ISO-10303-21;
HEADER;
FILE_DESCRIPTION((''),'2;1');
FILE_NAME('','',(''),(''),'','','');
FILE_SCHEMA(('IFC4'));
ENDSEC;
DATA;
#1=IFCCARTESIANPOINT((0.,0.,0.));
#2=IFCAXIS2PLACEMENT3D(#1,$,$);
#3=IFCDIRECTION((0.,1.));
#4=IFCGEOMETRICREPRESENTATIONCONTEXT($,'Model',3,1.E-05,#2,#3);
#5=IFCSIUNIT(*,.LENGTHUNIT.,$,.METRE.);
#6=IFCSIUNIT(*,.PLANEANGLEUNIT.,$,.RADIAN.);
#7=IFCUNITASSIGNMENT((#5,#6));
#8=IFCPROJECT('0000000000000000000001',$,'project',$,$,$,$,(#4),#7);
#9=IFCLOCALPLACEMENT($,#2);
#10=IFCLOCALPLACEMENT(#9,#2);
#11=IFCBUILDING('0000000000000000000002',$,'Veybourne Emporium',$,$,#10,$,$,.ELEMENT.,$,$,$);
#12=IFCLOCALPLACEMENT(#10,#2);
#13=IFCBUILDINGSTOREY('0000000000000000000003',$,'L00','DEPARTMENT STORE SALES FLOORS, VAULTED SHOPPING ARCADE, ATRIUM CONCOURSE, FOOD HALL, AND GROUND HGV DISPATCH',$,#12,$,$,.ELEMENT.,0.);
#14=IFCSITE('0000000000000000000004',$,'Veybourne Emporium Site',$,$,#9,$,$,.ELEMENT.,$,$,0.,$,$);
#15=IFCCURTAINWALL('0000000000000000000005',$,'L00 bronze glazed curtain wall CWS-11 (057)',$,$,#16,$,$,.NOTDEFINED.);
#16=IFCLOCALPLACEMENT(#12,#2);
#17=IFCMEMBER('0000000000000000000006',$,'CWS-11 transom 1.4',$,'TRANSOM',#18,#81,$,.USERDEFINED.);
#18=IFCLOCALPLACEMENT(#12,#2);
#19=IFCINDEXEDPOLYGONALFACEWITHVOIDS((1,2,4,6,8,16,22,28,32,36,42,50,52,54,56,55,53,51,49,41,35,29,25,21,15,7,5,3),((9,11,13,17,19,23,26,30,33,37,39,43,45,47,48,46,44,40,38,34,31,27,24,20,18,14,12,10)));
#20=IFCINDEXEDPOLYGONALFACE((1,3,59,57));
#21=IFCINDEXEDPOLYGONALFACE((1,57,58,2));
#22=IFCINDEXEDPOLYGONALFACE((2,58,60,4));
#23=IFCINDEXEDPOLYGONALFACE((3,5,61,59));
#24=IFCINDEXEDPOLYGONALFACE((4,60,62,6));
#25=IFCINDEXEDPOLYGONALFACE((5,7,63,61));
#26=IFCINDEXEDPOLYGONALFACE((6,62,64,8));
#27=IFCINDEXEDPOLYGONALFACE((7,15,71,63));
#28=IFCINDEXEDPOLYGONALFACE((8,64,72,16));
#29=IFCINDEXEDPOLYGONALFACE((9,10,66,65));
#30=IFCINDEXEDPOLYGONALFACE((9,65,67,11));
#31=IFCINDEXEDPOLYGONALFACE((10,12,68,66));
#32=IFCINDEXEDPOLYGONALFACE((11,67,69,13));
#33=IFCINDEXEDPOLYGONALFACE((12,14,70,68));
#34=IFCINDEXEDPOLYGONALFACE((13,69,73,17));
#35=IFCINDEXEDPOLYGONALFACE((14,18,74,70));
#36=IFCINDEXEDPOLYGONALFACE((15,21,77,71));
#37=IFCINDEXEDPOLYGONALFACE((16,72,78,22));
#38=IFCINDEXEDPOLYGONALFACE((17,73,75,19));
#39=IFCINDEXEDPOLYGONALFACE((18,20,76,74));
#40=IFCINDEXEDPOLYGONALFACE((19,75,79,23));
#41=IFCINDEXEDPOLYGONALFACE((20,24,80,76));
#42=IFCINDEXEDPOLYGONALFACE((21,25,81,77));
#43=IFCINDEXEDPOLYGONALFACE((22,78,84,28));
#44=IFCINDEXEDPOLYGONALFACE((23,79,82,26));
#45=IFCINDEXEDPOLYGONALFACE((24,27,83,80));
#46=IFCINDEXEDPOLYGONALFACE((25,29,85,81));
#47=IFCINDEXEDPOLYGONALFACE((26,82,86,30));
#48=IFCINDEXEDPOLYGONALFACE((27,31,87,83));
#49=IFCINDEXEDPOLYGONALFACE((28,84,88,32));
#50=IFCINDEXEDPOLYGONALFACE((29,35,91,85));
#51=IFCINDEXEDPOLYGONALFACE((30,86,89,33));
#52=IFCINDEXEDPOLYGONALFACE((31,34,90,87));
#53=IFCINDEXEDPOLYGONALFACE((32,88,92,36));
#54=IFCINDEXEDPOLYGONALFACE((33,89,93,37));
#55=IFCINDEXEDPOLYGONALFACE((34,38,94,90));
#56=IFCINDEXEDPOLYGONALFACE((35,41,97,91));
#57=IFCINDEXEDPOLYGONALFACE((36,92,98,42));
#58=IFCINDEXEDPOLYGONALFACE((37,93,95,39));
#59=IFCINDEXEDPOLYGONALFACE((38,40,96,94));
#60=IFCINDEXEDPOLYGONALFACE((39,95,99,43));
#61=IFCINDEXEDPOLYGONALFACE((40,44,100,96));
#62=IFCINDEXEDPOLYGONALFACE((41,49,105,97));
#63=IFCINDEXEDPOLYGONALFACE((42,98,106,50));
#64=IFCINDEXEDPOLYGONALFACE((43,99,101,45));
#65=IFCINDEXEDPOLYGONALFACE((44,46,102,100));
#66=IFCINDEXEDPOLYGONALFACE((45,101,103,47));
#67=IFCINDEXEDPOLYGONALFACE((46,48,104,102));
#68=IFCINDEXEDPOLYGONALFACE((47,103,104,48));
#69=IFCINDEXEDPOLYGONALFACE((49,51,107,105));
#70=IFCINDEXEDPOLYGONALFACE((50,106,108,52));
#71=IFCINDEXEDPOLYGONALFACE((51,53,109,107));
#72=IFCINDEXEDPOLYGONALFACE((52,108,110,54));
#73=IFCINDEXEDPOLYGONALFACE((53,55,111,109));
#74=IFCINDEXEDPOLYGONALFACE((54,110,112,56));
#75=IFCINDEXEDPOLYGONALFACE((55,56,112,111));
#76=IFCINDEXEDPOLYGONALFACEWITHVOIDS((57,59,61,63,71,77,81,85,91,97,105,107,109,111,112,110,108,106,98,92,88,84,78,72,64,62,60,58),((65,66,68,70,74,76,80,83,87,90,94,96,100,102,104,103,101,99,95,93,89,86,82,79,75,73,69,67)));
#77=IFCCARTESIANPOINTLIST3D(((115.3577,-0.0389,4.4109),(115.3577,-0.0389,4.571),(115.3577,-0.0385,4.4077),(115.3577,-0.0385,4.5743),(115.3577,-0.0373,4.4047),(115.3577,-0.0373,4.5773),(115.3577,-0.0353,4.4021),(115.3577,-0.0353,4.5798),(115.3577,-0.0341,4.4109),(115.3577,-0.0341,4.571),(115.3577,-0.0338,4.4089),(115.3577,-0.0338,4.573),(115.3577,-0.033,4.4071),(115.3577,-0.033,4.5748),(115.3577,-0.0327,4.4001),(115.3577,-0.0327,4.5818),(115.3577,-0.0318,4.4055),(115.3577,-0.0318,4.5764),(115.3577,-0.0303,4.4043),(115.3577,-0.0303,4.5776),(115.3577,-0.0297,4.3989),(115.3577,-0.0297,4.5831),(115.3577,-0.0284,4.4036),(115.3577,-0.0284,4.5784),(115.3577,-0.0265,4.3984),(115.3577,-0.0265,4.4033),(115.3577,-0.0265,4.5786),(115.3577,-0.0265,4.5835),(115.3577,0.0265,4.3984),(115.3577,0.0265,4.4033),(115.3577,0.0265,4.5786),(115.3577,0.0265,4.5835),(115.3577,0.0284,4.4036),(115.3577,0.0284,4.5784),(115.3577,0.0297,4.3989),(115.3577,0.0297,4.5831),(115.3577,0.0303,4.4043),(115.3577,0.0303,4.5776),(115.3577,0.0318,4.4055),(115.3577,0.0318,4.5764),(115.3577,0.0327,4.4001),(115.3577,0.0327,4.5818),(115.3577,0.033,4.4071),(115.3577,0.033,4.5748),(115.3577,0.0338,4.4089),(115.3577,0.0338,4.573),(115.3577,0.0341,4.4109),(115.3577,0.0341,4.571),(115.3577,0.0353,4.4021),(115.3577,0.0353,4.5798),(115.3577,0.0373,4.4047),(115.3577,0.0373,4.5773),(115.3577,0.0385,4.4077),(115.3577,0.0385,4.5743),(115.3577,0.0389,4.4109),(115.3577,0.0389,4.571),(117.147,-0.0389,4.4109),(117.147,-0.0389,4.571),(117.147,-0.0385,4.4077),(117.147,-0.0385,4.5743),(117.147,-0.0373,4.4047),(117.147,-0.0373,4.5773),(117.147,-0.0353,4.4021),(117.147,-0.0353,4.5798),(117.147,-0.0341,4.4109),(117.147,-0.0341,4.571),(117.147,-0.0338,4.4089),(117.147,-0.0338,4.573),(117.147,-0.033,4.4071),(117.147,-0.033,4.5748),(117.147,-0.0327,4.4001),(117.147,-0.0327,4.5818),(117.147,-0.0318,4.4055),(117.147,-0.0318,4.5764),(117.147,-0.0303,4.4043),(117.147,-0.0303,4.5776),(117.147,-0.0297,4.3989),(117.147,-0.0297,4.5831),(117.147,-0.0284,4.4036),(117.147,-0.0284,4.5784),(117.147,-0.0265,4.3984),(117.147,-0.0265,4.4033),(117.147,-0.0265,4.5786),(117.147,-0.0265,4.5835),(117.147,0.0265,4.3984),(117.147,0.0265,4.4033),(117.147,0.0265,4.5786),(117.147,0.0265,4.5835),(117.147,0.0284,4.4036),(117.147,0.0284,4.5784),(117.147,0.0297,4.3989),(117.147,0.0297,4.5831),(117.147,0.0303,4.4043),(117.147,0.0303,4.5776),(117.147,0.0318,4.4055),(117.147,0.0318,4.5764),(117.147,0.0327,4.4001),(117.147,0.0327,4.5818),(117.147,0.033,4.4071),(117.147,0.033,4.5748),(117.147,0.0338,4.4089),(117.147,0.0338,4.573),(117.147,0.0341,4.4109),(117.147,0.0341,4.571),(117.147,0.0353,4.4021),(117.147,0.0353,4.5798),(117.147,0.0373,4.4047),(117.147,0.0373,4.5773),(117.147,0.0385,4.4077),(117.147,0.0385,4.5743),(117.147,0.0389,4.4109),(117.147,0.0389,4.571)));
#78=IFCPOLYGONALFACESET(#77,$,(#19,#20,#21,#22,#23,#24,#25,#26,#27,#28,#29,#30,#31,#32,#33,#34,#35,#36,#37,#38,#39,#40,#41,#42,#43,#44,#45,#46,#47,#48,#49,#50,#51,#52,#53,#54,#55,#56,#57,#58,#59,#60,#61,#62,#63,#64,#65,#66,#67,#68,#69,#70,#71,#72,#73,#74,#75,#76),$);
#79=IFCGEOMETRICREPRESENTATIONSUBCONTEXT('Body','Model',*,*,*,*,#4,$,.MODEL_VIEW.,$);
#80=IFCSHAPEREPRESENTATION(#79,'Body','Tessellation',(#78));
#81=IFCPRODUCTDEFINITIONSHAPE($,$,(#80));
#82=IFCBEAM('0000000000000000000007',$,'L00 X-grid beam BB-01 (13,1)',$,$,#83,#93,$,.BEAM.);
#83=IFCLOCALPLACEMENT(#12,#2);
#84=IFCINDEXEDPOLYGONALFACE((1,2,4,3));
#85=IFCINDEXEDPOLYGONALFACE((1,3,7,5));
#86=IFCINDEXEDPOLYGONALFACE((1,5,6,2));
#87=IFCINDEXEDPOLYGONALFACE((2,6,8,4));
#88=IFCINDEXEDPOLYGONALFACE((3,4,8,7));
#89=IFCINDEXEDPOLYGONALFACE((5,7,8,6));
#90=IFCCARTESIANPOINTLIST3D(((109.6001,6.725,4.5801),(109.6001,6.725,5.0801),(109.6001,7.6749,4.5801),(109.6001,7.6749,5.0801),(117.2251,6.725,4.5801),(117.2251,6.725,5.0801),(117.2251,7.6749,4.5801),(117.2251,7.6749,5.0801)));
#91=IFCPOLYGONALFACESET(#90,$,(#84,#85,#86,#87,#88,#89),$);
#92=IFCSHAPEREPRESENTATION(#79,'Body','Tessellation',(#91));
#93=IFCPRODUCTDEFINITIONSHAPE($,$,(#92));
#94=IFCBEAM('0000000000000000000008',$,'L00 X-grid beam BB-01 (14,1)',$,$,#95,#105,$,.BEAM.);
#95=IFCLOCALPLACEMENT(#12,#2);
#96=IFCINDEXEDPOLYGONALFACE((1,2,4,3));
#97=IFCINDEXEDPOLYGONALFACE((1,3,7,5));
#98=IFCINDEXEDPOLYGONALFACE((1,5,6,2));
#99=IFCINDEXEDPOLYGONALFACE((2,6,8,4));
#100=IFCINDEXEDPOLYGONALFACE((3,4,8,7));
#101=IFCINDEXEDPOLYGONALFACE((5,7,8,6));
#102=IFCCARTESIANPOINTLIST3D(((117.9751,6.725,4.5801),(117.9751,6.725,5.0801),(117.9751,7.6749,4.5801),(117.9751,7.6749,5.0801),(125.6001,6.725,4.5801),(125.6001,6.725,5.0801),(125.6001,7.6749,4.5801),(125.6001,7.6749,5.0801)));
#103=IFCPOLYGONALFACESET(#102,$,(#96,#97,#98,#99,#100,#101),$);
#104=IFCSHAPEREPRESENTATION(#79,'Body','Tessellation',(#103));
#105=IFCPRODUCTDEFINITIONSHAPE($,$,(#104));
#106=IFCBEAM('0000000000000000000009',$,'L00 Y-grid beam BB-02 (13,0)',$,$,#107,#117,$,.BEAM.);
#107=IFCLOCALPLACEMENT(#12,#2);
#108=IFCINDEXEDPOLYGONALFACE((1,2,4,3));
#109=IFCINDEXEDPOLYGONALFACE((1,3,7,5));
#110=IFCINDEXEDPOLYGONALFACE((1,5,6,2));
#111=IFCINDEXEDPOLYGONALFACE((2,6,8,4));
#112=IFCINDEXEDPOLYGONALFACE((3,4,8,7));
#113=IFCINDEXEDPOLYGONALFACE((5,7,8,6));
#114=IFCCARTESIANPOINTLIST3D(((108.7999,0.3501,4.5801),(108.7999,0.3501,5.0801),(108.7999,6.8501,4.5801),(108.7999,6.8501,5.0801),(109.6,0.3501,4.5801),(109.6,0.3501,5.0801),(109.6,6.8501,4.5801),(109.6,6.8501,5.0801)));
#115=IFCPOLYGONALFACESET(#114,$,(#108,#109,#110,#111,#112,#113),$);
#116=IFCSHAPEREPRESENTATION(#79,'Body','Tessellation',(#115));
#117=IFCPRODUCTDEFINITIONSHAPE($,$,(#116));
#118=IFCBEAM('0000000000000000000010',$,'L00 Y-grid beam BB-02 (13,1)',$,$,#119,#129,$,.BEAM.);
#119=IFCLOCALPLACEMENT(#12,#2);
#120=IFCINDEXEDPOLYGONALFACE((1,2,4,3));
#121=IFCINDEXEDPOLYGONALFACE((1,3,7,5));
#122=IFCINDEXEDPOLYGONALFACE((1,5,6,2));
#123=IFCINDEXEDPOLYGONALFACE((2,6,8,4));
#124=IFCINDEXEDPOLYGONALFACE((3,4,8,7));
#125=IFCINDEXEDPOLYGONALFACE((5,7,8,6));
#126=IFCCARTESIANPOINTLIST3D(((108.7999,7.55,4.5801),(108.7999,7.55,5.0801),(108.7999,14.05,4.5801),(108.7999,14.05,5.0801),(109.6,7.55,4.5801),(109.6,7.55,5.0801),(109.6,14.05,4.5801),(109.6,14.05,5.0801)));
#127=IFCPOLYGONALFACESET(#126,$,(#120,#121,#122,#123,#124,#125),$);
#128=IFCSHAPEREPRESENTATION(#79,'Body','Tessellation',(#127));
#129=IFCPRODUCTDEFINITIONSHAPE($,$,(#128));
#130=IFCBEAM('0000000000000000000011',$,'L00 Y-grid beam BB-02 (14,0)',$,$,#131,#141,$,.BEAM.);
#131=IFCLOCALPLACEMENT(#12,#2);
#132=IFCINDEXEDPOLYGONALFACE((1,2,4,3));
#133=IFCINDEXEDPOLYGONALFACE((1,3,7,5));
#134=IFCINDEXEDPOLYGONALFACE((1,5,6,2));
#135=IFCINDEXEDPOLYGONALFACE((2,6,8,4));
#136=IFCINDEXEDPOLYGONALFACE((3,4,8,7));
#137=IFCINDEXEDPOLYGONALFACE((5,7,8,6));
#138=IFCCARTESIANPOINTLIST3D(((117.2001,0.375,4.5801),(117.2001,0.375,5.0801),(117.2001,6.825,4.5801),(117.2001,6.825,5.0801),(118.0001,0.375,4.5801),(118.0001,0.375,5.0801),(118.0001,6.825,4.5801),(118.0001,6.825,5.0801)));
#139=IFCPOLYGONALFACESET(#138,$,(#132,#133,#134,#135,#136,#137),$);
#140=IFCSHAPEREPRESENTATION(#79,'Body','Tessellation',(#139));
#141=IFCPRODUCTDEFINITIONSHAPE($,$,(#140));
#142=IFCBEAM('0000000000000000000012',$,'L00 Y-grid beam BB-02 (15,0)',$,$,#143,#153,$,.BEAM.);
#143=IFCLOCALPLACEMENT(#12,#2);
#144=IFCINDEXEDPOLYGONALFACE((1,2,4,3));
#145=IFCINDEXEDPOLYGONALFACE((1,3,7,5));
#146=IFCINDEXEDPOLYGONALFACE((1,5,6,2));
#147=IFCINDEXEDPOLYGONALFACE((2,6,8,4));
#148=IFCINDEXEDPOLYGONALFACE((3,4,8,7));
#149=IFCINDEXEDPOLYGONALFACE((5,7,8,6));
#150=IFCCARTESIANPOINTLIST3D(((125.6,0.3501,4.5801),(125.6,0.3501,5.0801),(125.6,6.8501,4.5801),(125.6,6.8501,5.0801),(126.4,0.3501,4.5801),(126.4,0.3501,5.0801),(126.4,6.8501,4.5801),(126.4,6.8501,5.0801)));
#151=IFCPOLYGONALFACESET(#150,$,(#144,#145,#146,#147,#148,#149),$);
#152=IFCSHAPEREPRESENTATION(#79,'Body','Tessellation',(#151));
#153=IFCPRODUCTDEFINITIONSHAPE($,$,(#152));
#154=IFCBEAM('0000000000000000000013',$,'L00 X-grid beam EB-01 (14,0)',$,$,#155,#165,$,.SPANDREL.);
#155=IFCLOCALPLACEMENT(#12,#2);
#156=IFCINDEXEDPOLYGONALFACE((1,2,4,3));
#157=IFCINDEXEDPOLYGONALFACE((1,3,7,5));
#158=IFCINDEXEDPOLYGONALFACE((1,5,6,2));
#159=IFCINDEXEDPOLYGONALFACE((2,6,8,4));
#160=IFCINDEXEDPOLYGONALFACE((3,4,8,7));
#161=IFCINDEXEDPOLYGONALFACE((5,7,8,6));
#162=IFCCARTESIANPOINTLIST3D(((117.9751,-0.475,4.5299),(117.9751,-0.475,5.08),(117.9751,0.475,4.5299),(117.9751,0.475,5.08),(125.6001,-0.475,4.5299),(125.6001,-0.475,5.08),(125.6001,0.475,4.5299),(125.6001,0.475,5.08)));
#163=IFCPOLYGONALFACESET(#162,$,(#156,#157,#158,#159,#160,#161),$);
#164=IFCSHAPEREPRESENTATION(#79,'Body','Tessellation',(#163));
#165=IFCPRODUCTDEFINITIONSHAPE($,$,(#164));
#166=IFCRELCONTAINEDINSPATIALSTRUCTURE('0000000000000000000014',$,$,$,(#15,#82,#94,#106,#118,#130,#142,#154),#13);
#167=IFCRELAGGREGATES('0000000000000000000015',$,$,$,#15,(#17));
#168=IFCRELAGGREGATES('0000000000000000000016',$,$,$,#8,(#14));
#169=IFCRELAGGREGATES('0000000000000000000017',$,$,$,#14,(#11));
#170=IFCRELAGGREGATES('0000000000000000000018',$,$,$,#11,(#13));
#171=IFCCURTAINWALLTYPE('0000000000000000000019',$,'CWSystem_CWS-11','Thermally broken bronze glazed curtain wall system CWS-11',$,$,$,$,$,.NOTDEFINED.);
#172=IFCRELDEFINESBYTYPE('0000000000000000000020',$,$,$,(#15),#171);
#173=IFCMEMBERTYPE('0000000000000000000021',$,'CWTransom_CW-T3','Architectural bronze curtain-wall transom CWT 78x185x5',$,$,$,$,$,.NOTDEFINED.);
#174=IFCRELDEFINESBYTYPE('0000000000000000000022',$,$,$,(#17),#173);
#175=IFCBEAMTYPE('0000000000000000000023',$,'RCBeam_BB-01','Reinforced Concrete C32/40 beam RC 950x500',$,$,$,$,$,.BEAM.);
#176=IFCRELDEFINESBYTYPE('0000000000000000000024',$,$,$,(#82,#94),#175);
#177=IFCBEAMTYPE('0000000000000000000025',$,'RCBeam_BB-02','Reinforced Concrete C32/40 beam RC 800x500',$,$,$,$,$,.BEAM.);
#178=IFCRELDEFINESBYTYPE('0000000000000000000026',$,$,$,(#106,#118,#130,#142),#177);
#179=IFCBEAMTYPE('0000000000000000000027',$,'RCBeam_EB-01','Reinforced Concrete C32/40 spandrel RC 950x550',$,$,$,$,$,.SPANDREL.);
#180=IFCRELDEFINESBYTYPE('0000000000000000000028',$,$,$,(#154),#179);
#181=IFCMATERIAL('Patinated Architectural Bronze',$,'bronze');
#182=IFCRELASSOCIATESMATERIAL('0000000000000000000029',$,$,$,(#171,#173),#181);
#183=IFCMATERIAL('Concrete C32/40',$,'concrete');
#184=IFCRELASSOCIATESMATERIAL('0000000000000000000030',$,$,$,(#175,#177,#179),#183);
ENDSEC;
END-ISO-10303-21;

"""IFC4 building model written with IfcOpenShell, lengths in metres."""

from ifc_helpers import new_model, si_unit, direction, frame, origin, origin_2d, place, context, subcontext, project, spatial, rectangle, hollow_rectangle, extrude, material, material_profile, profile_set, type_object, element, aggregate, save


model = new_model("IFC4")

# Units and contexts
model_context = context("Model", 3, precision=1e-05, world=origin(), true_north=direction((0.0, 1.0)))
body_context = subcontext(model_context, "Body", "Model", "MODEL_VIEW")
ifc_project = project(units=[si_unit("LENGTHUNIT", "METRE"), si_unit("PLANEANGLEUNIT", "RADIAN")], contexts=[model_context])

# Site, building, storey
site_placement = place(None, origin())
site = spatial("IfcSite", under=ifc_project, at=site_placement, Name="Veybourne Emporium Site", CompositionType="ELEMENT", RefElevation=0.0)
building_placement = place(site_placement, origin())
building = spatial("IfcBuilding", under=site, at=building_placement, Name="Veybourne Emporium", CompositionType="ELEMENT")
storey_placement = place(building_placement, origin())
storey = spatial("IfcBuildingStorey", under=building, at=storey_placement, Name="L00", Description="DEPARTMENT STORE SALES FLOORS, VAULTED SHOPPING ARCADE, ATRIUM CONCOURSE, FOOD HALL, AND GROUND HGV DISPATCH", CompositionType="ELEMENT", Elevation=0.0)

# Curtain wall, member
ifc_material_1 = material(Name="Patinated Architectural Bronze", Category="bronze")
curtain_wall_type = type_object("IfcCurtainWallType", Name="CWSystem_CWS-11", Description="Thermally broken bronze glazed curtain wall system CWS-11", PredefinedType="NOTDEFINED", material=ifc_material_1)
curtain_wall_placement = place(storey_placement, origin())
curtain_wall = element("IfcCurtainWall", 1, at=curtain_wall_placement, inside=storey, type_object=curtain_wall_type, Name="L00 bronze glazed curtain wall CWS-11 (057)", PredefinedType="NOTDEFINED")
ifc_material_profile_1 = material_profile(ifc_material_1, hollow_rectangle(XDim=0.0779, YDim=0.1851, WallThickness=0.0049, InnerFilletRadius=0.0076, OuterFilletRadius=0.0125, at=origin_2d()), Name="CWT 78x185x5")
ifc_profile_set_1 = profile_set([ifc_material_profile_1], Name="Patinated Architectural Bronze")
member_type_1 = type_object("IfcMemberType", Name="CWTransom_CW-T3", Description="Architectural bronze curtain-wall transom CWT 78x185x5", PredefinedType="NOTDEFINED", material=ifc_profile_set_1)
member_1_placement = place(storey_placement, frame((117.147, 0.0, 4.491), z_axis=(-1.0, 0.0, 0.0), x_axis=(0.0, -1.0, 0.0)))
member_1 = element("IfcMember", 2, at=member_1_placement, type_object=member_type_1, Name="CWS-11 transom 1.4", ObjectType="TRANSOM", PredefinedType="USERDEFINED", context=body_context, shape_type="SweptSolid", body=[
    extrude(hollow_rectangle(XDim=0.0779, YDim=0.1851, WallThickness=0.0049, InnerFilletRadius=0.0076, OuterFilletRadius=0.0125, at=origin_2d()), origin(), (0.0, 0.0, 1.0), 1.7893),
])
aggregate(curtain_wall, [member_1])

# Beams
ifc_material_2 = material(Name="Concrete C32/40", Category="concrete")
ifc_material_profile_2 = material_profile(ifc_material_2, rectangle(XDim=0.95, YDim=0.5, at=origin_2d()), Name="RC 950x500")
ifc_profile_set_2 = profile_set([ifc_material_profile_2], Name="Concrete C32/40")
beam_type_1 = type_object("IfcBeamType", Name="RCBeam_BB-01", Description="Reinforced Concrete C32/40 beam RC 950x500", PredefinedType="BEAM", material=ifc_profile_set_2)
for number, where, z_axis, x_axis, name in (
    (3, (109.6001, 7.2, 4.8301), (1.0, 0.0, 0.0), (0.0, 1.0, 0.0), "L00 X-grid beam BB-01 (13,1)"),
    (4, (117.9751, 7.2, 4.8301), (1.0, 0.0, 0.0), (0.0, 1.0, 0.0), "L00 X-grid beam BB-01 (14,1)"),
):
    element("IfcBeam", number, at=place(storey_placement, frame(where, z_axis=z_axis, x_axis=x_axis)), inside=storey, type_object=beam_type_1, Name=name, PredefinedType="BEAM", context=body_context, shape_type="SweptSolid", body=[
        extrude(rectangle(XDim=0.95, YDim=0.5, at=origin_2d()), origin(), (0.0, 0.0, 1.0), 7.625),
    ])
ifc_material_profile_3 = material_profile(ifc_material_2, rectangle(XDim=0.8, YDim=0.5, at=origin_2d()), Name="RC 800x500")
ifc_profile_set_3 = profile_set([ifc_material_profile_3], Name="Concrete C32/40")
beam_type_2 = type_object("IfcBeamType", Name="RCBeam_BB-02", Description="Reinforced Concrete C32/40 beam RC 800x500", PredefinedType="BEAM", material=ifc_profile_set_3)
for number, where, z_axis, x_axis, name in (
    (5, (109.2, 0.3501, 4.8301), (0.0, 1.0, 0.0), (-1.0, 0.0, 0.0), "L00 Y-grid beam BB-02 (13,0)"),
    (6, (109.2, 7.55, 4.8301), (0.0, 1.0, 0.0), (-1.0, 0.0, 0.0), "L00 Y-grid beam BB-02 (13,1)"),
):
    element("IfcBeam", number, at=place(storey_placement, frame(where, z_axis=z_axis, x_axis=x_axis)), inside=storey, type_object=beam_type_2, Name=name, PredefinedType="BEAM", context=body_context, shape_type="SweptSolid", body=[
        extrude(rectangle(XDim=0.8, YDim=0.5, at=origin_2d()), origin(), (0.0, 0.0, 1.0), 6.5),
    ])
beam_1_placement = place(storey_placement, frame((117.6001, 0.375, 4.8301), z_axis=(0.0, 1.0, 0.0), x_axis=(-1.0, 0.0, 0.0)))
element("IfcBeam", 7, at=beam_1_placement, inside=storey, type_object=beam_type_2, Name="L00 Y-grid beam BB-02 (14,0)", PredefinedType="BEAM", context=body_context, shape_type="SweptSolid", body=[
    extrude(rectangle(XDim=0.8, YDim=0.5, at=origin_2d()), origin(), (0.0, 0.0, 1.0), 6.45),
])
beam_2_placement = place(storey_placement, frame((126.0, 0.3501, 4.8301), z_axis=(0.0, 1.0, 0.0), x_axis=(-1.0, 0.0, 0.0)))
element("IfcBeam", 8, at=beam_2_placement, inside=storey, type_object=beam_type_2, Name="L00 Y-grid beam BB-02 (15,0)", PredefinedType="BEAM", context=body_context, shape_type="SweptSolid", body=[
    extrude(rectangle(XDim=0.8, YDim=0.5, at=origin_2d()), origin(), (0.0, 0.0, 1.0), 6.5),
])
ifc_material_profile_4 = material_profile(ifc_material_2, rectangle(XDim=0.95, YDim=0.55, at=origin_2d()), Name="RC 950x550")
ifc_profile_set_4 = profile_set([ifc_material_profile_4], Name="Concrete C32/40")
beam_type_3 = type_object("IfcBeamType", Name="RCBeam_EB-01", Description="Reinforced Concrete C32/40 spandrel RC 950x550", PredefinedType="SPANDREL", material=ifc_profile_set_4)
beam_3_placement = place(storey_placement, frame((117.9751, 0.0, 4.8049), z_axis=(1.0, 0.0, 0.0), x_axis=(0.0, 1.0, 0.0)))
element("IfcBeam", 9, at=beam_3_placement, inside=storey, type_object=beam_type_3, Name="L00 X-grid beam EB-01 (14,0)", PredefinedType="SPANDREL", context=body_context, shape_type="SweptSolid", body=[
    extrude(rectangle(XDim=0.95, YDim=0.55, at=origin_2d()), origin(), (0.0, 0.0, 1.0), 7.625),
])

save(model, "model.ifc")
